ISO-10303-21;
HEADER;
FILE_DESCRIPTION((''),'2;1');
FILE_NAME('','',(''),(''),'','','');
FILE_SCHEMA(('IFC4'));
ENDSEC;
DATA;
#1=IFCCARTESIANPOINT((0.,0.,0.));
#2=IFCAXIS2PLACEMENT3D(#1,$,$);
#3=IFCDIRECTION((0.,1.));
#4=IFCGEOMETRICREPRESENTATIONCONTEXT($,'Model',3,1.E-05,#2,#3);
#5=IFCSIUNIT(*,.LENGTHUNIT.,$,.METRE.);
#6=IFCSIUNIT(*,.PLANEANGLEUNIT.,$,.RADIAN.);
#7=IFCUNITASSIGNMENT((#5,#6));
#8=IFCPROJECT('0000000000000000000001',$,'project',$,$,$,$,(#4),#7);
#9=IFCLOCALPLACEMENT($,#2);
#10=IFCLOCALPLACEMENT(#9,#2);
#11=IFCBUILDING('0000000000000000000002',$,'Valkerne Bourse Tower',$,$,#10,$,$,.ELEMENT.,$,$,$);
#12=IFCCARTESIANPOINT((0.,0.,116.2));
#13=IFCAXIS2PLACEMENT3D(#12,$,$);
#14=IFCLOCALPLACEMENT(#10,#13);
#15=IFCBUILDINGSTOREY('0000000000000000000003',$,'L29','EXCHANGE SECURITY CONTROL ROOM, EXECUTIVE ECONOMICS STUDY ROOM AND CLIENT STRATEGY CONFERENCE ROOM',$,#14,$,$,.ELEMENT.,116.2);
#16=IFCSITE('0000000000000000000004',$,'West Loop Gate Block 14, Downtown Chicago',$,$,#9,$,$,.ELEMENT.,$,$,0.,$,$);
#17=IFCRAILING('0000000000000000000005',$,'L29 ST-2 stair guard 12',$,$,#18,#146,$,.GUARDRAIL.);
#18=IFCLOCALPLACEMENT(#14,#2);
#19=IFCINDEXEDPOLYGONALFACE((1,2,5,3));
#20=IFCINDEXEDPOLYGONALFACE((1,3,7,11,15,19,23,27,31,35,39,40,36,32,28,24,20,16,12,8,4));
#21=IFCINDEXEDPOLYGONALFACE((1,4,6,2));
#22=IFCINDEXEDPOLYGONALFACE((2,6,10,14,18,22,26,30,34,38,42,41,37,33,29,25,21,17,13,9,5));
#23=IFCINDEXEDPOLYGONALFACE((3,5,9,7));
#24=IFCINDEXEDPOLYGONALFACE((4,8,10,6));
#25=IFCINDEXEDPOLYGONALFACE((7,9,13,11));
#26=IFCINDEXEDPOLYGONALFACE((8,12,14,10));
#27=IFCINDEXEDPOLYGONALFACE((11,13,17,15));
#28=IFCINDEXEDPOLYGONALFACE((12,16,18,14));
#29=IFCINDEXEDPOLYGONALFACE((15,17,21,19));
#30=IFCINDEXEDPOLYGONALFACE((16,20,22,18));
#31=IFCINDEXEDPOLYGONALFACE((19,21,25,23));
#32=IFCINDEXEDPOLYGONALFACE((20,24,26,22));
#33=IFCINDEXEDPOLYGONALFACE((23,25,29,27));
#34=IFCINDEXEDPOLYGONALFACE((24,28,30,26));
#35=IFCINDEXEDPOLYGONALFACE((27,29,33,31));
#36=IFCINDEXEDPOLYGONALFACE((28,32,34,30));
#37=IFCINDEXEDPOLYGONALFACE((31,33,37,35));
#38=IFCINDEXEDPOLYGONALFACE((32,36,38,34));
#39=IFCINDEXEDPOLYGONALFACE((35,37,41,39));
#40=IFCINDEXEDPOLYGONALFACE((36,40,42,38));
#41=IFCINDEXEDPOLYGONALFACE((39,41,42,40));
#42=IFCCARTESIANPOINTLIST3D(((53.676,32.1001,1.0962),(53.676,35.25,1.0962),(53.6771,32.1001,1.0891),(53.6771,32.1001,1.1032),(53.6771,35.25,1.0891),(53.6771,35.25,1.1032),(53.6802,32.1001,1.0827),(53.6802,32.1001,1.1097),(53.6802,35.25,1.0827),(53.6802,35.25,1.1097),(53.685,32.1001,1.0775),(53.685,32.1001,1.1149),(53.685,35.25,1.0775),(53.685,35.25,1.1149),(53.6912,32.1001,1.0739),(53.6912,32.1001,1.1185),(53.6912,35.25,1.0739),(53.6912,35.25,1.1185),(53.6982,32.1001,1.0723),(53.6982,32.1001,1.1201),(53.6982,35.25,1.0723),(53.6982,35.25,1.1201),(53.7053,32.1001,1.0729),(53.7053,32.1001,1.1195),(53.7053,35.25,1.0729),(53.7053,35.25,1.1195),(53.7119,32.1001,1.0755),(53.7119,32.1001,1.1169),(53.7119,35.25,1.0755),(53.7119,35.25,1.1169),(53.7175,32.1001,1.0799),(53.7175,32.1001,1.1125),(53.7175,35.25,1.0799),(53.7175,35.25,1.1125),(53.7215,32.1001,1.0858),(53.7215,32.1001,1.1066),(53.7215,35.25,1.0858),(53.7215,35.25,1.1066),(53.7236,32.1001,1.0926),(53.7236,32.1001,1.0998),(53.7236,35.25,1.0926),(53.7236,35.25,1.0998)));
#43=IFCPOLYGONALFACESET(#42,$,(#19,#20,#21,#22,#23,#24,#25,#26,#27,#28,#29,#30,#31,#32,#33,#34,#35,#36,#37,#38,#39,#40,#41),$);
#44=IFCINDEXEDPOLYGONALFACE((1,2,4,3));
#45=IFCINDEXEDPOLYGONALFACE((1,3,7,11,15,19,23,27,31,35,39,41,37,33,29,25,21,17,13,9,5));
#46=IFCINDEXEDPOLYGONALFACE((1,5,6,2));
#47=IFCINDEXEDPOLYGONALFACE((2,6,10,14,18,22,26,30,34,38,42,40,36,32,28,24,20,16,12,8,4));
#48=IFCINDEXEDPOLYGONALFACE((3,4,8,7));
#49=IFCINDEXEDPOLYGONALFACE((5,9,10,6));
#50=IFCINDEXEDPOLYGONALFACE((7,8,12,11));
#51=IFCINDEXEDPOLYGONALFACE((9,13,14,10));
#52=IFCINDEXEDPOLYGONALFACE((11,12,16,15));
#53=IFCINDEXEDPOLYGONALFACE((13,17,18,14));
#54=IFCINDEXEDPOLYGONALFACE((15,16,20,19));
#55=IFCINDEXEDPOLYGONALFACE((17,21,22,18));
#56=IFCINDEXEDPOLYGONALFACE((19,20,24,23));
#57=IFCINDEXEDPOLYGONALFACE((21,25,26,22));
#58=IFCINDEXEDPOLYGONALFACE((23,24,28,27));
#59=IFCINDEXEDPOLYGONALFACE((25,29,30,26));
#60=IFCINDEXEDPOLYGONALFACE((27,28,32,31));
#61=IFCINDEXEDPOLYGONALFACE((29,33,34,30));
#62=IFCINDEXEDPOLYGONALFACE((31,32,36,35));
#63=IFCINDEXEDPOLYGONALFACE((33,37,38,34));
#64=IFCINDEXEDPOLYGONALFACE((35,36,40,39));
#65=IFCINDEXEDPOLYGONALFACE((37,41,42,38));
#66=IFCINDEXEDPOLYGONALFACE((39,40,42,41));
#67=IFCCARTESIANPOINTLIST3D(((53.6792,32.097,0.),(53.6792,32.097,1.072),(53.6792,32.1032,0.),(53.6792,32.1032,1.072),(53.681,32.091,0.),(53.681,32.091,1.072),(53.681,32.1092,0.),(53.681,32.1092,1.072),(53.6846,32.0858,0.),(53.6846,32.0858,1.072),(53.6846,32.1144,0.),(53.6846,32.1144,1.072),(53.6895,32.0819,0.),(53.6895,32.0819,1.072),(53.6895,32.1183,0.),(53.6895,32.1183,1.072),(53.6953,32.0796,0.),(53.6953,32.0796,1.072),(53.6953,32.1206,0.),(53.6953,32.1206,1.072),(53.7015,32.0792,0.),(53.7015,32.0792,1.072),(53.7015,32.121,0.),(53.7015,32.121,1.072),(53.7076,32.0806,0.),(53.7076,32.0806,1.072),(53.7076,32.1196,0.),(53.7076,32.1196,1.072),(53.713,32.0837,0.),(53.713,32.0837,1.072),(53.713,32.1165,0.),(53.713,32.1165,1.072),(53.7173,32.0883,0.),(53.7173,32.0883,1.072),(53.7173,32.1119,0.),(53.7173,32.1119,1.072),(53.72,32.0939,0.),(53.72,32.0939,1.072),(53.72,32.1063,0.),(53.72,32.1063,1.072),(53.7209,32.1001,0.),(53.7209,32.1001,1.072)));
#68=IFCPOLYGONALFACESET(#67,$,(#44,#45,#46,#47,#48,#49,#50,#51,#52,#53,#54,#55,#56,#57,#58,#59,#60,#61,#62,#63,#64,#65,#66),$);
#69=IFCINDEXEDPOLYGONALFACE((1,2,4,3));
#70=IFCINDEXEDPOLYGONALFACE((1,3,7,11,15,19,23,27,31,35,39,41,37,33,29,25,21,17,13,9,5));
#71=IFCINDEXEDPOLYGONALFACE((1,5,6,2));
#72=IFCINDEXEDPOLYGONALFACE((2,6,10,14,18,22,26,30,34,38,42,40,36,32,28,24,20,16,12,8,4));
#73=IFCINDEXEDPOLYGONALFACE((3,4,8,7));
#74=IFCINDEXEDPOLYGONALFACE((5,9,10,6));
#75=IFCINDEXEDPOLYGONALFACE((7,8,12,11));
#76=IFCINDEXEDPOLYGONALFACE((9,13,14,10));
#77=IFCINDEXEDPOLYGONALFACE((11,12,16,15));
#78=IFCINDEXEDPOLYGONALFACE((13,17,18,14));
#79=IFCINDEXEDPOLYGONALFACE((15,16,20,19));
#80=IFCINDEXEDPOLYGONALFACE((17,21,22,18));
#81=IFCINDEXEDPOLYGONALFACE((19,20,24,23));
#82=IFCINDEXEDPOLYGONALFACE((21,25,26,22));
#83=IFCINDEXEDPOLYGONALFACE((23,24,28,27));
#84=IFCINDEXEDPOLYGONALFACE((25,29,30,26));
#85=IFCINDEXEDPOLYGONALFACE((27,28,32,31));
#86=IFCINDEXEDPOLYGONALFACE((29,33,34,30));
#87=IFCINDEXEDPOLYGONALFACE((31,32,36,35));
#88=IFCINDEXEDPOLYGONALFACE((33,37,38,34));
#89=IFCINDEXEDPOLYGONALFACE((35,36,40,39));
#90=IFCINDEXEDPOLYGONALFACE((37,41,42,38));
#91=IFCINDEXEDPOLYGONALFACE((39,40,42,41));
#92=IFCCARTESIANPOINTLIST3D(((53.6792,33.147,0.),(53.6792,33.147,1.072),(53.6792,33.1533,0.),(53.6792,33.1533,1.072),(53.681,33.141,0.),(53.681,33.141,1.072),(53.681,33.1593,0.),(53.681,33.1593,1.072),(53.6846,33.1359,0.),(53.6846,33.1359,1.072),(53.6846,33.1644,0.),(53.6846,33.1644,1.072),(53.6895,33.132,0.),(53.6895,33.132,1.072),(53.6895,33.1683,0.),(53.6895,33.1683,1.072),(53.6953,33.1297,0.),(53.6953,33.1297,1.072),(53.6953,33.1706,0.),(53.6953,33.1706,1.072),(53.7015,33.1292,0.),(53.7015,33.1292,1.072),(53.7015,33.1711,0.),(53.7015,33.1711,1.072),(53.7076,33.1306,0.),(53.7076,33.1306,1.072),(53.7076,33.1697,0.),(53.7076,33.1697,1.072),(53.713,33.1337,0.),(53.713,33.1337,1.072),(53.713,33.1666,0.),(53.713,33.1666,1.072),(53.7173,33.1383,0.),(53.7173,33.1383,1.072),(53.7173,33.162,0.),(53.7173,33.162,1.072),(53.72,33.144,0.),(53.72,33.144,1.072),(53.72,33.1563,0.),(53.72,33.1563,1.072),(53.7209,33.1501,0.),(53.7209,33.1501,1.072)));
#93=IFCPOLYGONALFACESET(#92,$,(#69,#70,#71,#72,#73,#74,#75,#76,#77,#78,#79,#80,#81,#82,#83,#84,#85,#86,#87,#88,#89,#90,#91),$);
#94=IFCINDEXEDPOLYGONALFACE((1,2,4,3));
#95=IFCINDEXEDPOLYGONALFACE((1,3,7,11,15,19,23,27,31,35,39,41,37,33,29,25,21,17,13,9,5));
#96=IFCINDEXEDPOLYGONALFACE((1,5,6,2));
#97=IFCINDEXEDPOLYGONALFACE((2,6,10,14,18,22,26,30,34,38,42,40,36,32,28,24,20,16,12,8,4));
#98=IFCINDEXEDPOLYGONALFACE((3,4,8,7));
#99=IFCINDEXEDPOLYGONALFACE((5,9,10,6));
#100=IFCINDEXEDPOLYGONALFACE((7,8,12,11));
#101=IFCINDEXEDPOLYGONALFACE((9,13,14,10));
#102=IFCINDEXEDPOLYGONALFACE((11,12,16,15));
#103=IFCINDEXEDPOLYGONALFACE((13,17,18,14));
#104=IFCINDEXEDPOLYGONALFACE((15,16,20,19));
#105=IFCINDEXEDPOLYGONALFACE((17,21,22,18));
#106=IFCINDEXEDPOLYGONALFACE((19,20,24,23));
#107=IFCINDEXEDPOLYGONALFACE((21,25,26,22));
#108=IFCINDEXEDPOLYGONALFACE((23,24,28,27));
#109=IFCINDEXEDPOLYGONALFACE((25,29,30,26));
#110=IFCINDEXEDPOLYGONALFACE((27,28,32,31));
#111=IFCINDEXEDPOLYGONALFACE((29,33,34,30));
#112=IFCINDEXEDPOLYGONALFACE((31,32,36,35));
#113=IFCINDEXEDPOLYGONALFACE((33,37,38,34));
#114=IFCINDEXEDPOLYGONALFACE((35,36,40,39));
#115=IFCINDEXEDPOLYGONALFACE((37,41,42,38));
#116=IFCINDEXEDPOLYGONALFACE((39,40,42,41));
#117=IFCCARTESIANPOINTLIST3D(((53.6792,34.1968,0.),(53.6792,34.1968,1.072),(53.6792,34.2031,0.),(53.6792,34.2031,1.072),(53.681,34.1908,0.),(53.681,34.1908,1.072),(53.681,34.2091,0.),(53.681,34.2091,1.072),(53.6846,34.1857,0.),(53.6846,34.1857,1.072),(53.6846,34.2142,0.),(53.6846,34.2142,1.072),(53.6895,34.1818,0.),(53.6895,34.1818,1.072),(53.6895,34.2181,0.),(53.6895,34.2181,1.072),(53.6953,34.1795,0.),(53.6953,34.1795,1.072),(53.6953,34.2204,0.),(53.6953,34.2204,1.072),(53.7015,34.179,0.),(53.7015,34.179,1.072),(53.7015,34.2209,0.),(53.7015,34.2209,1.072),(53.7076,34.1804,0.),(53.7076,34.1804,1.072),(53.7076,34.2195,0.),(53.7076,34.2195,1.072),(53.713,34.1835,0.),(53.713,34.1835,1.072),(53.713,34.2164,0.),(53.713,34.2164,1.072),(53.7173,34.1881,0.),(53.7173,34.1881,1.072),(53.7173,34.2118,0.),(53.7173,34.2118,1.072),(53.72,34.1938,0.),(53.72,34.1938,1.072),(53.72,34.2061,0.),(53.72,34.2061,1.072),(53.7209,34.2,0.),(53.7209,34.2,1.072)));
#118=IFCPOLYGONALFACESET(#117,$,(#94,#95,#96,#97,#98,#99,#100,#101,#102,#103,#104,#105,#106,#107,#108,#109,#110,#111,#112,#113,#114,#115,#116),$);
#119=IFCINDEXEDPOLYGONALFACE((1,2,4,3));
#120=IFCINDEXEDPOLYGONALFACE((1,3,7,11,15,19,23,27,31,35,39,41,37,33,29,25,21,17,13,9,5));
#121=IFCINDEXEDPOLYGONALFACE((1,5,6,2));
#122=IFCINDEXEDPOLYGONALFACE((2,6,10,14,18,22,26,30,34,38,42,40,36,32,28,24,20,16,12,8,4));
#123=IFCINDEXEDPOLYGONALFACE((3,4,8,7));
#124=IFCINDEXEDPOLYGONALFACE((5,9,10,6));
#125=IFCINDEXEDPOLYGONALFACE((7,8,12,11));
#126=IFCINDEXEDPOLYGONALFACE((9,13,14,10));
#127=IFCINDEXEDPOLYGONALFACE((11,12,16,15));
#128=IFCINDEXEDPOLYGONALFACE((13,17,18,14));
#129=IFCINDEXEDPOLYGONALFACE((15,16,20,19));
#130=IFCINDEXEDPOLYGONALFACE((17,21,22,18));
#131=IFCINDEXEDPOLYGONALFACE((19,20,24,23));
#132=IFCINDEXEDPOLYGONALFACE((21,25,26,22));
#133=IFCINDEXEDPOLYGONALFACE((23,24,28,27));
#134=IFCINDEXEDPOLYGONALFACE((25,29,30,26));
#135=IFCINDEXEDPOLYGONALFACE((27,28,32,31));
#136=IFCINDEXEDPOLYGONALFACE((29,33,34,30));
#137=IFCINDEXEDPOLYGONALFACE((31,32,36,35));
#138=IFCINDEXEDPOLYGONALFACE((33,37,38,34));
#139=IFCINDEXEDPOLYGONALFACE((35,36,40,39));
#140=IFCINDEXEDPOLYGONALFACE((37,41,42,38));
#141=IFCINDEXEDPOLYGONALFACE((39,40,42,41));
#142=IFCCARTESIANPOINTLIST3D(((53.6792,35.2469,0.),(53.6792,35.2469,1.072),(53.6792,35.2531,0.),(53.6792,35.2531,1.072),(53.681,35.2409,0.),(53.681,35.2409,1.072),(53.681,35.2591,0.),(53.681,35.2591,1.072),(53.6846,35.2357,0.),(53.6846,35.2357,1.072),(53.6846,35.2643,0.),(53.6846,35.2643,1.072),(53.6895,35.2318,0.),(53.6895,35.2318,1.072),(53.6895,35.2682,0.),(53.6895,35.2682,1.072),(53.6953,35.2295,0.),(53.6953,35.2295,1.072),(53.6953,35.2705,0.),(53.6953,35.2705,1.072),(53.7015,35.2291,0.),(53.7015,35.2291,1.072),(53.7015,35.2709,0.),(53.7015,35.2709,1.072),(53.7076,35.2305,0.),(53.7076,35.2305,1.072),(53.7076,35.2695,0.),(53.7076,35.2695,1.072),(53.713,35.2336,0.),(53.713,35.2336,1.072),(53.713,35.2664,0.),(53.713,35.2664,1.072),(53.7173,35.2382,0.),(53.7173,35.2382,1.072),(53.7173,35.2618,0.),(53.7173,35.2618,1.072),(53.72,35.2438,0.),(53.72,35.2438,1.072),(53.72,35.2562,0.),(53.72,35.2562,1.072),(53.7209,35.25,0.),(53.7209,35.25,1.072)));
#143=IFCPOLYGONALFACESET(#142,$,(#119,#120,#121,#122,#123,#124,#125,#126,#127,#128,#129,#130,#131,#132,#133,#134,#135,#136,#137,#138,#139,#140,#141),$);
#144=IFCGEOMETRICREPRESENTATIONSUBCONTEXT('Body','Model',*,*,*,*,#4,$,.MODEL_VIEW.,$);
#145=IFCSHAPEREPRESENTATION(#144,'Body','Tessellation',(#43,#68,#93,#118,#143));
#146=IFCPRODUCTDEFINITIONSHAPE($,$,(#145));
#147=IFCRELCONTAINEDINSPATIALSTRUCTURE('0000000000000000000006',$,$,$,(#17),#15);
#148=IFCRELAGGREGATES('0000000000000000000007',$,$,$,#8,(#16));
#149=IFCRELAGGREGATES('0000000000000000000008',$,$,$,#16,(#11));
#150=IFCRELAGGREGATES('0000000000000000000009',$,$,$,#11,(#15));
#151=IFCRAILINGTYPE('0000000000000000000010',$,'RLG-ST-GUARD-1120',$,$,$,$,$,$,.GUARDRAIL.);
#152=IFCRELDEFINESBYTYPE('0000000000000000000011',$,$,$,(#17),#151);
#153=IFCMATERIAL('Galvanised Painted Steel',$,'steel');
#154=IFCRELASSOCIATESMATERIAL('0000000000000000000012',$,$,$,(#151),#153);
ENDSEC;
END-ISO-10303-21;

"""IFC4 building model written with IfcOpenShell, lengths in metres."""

from ifc_helpers import new_model, si_unit, direction, frame, origin, origin_2d, place, context, subcontext, project, spatial, circle, extrude, material, type_object, element, save


model = new_model("IFC4")

# Units and contexts
model_context = context("Model", 3, precision=1e-05, world=origin(), true_north=direction((0.0, 1.0)))
body_context = subcontext(model_context, "Body", "Model", "MODEL_VIEW")
ifc_project = project(units=[si_unit("LENGTHUNIT", "METRE"), si_unit("PLANEANGLEUNIT", "RADIAN")], contexts=[model_context])

# Site, building, storey
site_placement = place(None, origin())
site = spatial("IfcSite", under=ifc_project, at=site_placement, Name="West Loop Gate Block 14, Downtown Chicago", CompositionType="ELEMENT", RefElevation=0.0)
building_placement = place(site_placement, origin())
building = spatial("IfcBuilding", under=site, at=building_placement, Name="Valkerne Bourse Tower", CompositionType="ELEMENT")
storey_placement = place(building_placement, frame((0.0, 0.0, 116.2)))
storey = spatial("IfcBuildingStorey", under=building, at=storey_placement, Name="L29", Description="EXCHANGE SECURITY CONTROL ROOM, EXECUTIVE ECONOMICS STUDY ROOM AND CLIENT STRATEGY CONFERENCE ROOM", CompositionType="ELEMENT", Elevation=116.2)

# Railing
ifc_material_1 = material(Name="Galvanised Painted Steel", Category="steel")
railing_type_1 = type_object("IfcRailingType", Name="RLG-ST-GUARD-1120", PredefinedType="GUARDRAIL", material=ifc_material_1)
railing_1_placement = place(storey_placement, frame((53.7, 32.1001, 0.0)))
element("IfcRailing", 1, at=railing_1_placement, inside=storey, type_object=railing_type_1, Name="L29 ST-2 stair guard 12", PredefinedType="GUARDRAIL", context=body_context, shape_type="SweptSolid", body=[
    extrude(circle(Radius=0.0239, at=origin_2d()), frame((0.0, 0.0, 1.0962), z_axis=(0.0, 1.0, 0.0), x_axis=(-1.0, 0.0, 0.0)), (0.0, 0.0, 1.0), 3.1499),
    extrude(circle(Radius=0.021, at=origin_2d()), origin(), (0.0, 0.0, 1.0), 1.072),
    extrude(circle(Radius=0.021, at=origin_2d()), frame((0.0, 1.05, 0.0)), (0.0, 0.0, 1.0), 1.072),
    extrude(circle(Radius=0.021, at=origin_2d()), frame((0.0, 2.0999, 0.0)), (0.0, 0.0, 1.0), 1.072),
    extrude(circle(Radius=0.021, at=origin_2d()), frame((0.0, 3.1499, 0.0)), (0.0, 0.0, 1.0), 1.072),
])

save(model, "model.ifc")
